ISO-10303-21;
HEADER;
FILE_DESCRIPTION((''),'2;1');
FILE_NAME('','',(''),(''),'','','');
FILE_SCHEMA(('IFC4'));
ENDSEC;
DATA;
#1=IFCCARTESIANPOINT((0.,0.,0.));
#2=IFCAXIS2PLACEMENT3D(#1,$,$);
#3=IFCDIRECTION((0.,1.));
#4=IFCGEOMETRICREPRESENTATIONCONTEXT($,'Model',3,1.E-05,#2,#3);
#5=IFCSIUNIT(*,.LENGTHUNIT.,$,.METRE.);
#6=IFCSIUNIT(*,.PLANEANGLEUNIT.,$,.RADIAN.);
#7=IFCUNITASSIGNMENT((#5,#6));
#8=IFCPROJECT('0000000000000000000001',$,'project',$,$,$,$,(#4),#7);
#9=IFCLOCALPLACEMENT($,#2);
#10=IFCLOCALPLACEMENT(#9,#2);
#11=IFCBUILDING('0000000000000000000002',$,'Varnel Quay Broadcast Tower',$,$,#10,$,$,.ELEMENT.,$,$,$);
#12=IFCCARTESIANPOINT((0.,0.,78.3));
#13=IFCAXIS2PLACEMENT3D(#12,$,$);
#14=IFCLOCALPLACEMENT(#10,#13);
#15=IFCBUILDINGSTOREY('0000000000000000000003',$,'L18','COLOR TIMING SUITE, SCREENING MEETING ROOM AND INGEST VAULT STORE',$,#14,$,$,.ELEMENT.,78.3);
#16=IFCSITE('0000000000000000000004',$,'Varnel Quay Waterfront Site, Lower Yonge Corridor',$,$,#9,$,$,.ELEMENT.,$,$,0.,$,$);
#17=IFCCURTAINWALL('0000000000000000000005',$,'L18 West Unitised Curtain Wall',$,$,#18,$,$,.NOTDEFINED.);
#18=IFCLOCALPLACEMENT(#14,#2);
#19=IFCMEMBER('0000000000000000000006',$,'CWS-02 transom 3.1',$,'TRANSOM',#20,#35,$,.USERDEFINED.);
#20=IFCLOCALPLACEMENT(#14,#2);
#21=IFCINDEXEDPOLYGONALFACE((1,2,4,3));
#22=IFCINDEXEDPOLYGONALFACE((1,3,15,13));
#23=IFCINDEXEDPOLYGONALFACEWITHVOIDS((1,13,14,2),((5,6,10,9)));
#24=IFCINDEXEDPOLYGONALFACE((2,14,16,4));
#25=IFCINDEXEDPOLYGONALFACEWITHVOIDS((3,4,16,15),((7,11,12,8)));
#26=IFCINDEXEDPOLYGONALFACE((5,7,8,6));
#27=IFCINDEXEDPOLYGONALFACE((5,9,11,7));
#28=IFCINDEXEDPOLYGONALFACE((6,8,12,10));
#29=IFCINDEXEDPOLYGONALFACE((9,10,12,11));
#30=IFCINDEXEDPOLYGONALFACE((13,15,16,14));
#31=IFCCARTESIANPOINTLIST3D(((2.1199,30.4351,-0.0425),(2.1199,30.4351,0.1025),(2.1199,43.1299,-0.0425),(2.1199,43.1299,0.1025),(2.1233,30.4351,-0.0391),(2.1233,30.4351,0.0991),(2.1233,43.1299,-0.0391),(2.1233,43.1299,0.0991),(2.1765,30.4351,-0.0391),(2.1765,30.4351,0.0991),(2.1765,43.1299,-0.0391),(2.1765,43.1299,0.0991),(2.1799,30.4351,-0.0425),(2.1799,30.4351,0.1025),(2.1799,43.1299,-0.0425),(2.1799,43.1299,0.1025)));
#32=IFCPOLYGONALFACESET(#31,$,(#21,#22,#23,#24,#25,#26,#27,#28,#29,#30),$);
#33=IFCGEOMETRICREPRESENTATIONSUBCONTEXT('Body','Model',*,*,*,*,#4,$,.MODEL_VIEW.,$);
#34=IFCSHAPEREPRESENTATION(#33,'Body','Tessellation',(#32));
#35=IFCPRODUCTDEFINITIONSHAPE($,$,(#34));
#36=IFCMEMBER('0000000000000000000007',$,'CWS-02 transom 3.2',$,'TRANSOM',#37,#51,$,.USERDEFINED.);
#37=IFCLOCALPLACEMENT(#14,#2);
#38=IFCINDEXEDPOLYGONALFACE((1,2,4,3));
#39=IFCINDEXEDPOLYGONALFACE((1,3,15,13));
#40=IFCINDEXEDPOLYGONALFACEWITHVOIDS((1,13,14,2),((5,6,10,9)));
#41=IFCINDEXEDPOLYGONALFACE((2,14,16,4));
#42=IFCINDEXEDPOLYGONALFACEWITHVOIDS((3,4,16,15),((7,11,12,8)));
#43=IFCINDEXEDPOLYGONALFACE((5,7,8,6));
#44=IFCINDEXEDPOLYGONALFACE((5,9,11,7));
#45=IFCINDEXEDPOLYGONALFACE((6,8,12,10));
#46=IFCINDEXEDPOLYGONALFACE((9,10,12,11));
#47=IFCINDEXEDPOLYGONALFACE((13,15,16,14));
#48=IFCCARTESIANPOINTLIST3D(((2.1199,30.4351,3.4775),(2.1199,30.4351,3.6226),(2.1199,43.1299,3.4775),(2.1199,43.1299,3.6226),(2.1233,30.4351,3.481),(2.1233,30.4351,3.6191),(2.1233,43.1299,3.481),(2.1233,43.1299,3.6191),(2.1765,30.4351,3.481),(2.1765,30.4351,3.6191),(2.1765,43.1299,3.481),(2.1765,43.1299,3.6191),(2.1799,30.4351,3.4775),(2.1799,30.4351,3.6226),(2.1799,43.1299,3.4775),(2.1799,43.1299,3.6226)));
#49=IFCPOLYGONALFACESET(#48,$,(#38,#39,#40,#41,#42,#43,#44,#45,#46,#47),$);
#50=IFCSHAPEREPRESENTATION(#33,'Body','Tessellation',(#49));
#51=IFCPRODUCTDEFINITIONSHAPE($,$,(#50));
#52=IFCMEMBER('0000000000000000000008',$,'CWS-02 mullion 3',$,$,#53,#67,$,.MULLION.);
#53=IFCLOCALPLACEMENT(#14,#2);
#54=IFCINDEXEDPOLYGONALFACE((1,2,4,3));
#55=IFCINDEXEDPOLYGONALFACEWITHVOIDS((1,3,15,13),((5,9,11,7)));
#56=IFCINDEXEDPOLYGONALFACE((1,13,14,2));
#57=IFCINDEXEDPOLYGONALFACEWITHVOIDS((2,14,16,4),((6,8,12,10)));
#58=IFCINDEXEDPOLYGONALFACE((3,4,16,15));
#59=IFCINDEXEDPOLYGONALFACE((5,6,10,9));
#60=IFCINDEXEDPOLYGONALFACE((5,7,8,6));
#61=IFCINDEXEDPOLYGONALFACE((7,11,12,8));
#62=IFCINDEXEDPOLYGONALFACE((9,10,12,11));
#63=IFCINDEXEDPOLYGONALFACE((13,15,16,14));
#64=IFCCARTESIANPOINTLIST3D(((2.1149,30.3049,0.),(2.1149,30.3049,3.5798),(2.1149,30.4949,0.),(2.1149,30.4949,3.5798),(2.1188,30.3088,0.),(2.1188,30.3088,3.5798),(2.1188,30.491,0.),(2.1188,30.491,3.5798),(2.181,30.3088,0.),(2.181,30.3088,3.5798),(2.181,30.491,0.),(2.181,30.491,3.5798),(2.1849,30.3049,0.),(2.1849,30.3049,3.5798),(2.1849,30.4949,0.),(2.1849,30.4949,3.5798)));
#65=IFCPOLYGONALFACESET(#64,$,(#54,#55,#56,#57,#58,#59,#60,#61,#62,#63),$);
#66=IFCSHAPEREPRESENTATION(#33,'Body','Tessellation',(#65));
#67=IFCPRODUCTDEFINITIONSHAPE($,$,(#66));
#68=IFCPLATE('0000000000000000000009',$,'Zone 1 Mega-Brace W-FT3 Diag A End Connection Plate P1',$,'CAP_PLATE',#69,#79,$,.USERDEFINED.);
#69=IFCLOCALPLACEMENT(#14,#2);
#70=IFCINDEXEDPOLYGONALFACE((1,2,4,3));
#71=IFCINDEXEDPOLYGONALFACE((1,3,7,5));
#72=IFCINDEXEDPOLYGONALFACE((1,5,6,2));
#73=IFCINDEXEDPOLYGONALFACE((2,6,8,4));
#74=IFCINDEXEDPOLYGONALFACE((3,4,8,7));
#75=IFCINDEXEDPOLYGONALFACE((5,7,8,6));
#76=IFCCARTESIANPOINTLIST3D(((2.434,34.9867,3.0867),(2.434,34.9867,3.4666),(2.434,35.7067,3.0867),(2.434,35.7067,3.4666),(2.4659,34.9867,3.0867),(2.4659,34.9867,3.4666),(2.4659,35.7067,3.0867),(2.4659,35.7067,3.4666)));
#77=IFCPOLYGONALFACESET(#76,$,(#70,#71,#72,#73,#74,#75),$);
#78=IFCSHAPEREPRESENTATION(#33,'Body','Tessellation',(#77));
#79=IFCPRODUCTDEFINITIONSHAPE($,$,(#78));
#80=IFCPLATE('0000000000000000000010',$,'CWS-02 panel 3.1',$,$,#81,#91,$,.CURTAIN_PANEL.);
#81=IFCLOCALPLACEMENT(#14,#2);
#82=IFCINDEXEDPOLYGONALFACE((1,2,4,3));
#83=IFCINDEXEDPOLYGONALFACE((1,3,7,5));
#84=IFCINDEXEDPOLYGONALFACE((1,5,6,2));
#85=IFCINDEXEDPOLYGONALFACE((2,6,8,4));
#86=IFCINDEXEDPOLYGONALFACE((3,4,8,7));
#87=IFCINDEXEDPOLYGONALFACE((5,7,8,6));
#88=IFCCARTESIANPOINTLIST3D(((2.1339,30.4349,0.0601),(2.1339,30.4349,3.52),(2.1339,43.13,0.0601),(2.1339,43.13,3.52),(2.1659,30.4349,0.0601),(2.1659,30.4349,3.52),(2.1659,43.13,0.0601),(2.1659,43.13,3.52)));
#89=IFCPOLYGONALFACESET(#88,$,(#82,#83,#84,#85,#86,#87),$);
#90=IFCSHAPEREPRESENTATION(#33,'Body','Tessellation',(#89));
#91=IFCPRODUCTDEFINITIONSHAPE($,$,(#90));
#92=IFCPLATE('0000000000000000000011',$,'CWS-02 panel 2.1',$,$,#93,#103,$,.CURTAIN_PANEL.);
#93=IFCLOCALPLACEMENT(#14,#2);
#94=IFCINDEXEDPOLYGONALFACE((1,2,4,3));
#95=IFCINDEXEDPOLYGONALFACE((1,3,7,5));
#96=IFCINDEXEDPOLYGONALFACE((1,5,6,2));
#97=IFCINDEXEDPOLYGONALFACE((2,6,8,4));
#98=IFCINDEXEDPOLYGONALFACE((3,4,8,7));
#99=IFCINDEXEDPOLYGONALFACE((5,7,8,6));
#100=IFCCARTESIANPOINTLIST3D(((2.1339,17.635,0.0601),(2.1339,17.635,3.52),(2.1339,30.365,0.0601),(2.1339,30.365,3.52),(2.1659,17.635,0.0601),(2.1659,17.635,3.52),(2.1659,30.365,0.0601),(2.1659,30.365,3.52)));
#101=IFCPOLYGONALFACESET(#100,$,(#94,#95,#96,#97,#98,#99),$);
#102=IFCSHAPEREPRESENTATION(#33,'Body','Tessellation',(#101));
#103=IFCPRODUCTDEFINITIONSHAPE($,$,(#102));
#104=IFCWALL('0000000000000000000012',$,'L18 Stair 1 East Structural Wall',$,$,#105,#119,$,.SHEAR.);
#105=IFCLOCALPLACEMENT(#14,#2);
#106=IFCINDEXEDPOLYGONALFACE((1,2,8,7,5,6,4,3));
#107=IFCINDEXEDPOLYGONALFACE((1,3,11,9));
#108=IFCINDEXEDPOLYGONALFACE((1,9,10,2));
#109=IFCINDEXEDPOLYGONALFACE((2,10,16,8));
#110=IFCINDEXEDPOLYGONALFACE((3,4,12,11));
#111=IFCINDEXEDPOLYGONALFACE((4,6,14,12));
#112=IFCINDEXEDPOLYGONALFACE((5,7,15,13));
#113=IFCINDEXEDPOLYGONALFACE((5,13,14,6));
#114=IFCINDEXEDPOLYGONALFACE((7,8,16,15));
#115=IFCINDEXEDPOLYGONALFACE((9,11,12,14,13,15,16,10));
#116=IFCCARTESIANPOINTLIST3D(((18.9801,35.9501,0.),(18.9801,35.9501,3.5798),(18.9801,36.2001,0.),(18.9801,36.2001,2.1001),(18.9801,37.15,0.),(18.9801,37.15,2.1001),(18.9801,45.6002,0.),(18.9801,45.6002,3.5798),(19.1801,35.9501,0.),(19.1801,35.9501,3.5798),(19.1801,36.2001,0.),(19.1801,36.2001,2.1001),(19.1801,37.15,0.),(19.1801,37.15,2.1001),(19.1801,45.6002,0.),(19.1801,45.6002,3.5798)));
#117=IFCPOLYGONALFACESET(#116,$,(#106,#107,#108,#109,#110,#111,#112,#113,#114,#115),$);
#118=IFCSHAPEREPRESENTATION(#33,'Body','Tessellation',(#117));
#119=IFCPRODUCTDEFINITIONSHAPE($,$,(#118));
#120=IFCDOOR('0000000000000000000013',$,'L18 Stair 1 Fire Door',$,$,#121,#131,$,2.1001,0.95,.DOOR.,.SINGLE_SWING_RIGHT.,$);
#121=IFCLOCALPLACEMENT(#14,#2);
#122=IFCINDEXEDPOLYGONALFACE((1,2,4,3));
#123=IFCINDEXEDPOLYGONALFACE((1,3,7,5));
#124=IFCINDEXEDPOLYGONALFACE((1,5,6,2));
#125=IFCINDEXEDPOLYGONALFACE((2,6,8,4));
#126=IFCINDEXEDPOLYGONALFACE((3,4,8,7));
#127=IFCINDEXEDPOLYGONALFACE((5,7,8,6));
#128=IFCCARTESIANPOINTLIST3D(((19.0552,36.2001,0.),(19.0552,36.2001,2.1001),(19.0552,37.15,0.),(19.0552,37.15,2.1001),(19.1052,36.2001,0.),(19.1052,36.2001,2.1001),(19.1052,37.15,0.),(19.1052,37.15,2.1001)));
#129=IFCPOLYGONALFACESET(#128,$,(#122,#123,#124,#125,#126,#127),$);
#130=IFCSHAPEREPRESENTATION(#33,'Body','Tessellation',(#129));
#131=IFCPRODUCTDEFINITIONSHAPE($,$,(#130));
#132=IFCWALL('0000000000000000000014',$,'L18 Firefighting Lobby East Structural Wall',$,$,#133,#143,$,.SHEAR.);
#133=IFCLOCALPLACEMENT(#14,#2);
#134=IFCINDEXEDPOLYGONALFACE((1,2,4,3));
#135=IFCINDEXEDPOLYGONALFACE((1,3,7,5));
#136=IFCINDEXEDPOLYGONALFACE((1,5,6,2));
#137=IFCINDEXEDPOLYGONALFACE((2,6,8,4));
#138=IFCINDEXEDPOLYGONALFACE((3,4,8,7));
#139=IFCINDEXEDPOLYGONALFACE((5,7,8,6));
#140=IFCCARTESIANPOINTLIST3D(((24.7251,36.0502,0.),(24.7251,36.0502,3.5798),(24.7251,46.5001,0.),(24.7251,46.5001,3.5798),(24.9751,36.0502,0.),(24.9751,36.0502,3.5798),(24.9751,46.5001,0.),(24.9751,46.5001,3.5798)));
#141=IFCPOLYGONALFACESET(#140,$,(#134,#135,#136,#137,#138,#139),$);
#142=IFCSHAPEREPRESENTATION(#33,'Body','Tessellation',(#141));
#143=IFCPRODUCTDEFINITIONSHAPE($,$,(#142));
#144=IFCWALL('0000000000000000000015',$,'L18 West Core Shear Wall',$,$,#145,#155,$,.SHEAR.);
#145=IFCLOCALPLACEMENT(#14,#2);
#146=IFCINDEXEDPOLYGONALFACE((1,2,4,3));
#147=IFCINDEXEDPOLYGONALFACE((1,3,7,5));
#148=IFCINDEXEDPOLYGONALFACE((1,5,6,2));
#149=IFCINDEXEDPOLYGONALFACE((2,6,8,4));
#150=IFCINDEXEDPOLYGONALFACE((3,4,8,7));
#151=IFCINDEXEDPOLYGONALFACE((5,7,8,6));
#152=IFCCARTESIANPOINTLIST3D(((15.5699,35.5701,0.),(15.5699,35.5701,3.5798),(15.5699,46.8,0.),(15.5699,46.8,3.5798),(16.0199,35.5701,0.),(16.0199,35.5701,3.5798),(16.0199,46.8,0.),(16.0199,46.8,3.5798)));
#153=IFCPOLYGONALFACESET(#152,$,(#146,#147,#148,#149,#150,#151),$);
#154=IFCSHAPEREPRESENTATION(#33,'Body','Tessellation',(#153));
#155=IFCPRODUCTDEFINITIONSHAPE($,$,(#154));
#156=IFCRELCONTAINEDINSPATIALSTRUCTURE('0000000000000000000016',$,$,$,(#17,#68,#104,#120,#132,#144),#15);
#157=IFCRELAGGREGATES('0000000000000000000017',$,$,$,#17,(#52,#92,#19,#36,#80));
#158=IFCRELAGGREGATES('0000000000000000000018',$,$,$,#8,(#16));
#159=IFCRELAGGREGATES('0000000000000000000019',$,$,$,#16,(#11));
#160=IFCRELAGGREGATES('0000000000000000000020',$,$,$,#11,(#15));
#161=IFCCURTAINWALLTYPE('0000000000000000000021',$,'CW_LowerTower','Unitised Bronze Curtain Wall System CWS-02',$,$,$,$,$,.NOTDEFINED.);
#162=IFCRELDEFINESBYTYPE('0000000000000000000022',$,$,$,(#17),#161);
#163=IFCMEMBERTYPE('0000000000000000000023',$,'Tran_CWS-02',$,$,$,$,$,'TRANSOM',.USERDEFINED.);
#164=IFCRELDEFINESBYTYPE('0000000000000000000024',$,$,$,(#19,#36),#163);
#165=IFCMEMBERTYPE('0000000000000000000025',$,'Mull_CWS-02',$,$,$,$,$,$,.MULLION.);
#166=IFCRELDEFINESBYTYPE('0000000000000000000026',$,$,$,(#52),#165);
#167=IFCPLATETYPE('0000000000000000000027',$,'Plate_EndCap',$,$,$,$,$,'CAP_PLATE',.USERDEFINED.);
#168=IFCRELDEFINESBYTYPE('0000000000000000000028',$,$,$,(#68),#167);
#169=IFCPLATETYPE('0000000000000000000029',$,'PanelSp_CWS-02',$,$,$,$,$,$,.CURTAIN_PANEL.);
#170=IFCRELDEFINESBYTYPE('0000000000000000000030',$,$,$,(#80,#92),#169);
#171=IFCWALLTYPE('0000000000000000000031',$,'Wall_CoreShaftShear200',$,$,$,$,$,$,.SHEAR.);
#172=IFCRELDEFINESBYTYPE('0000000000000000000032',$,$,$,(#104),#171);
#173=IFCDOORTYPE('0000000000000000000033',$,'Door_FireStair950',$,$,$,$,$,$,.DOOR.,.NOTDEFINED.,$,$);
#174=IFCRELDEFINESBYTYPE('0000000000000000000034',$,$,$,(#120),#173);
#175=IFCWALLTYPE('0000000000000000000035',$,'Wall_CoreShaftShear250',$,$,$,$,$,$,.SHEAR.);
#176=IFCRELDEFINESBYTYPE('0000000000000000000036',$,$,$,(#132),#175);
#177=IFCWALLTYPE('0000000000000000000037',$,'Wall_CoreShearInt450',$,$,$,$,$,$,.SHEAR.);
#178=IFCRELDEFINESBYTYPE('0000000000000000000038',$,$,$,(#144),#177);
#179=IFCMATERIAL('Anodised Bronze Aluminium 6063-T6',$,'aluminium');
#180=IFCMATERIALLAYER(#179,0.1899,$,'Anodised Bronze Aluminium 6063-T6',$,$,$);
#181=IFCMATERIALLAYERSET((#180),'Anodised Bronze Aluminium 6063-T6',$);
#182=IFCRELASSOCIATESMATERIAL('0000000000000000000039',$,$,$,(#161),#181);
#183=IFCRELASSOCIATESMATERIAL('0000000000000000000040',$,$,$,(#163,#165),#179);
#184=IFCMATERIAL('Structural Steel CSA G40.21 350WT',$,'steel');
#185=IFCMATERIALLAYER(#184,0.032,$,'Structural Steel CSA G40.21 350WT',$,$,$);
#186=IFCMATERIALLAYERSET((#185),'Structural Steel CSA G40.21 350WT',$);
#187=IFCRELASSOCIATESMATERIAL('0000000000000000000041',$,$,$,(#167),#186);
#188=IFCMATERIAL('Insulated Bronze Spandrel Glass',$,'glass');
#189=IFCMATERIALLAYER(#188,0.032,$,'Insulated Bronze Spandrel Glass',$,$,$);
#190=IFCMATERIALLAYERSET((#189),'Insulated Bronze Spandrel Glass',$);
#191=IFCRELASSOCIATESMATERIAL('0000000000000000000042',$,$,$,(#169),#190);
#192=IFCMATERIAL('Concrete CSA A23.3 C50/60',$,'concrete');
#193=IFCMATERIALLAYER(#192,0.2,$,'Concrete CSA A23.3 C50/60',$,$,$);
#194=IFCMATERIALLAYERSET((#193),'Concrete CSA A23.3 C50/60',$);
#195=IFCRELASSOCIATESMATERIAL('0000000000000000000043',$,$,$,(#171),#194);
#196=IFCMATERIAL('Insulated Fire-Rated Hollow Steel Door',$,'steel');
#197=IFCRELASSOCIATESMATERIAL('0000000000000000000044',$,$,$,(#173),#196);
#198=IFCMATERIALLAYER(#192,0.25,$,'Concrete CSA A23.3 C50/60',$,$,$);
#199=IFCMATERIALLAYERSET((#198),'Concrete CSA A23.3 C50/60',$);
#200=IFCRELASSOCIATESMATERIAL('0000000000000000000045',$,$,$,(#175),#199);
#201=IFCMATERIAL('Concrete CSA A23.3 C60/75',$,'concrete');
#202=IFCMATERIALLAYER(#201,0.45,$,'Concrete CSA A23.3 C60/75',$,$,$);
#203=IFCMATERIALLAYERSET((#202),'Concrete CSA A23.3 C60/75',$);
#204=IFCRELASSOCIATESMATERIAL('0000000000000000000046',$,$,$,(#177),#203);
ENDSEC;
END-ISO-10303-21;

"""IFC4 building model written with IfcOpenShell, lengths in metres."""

from ifc_helpers import new_model, si_unit, direction, frame, frame_2d, origin, origin_2d, place, context, subcontext, project, spatial, rectangle, hollow_rectangle, extrude, source, transform, mapped, material, layer, layer_set, material_profile, profile_set, type_object, type_shapes, element, fill, aggregate, save


model = new_model("IFC4")

# Units and contexts
model_context = context("Model", 3, precision=1e-05, world=origin(), true_north=direction((0.0, 1.0)))
body_context = subcontext(model_context, "Body", "Model", "MODEL_VIEW")
ifc_project = project(units=[si_unit("LENGTHUNIT", "METRE"), si_unit("PLANEANGLEUNIT", "RADIAN")], contexts=[model_context])

# Site, building, storey
site_placement = place(None, origin())
site = spatial("IfcSite", under=ifc_project, at=site_placement, Name="Varnel Quay Waterfront Site, Lower Yonge Corridor", CompositionType="ELEMENT", RefElevation=0.0)
building_placement = place(site_placement, origin())
building = spatial("IfcBuilding", under=site, at=building_placement, Name="Varnel Quay Broadcast Tower", CompositionType="ELEMENT")
storey_placement = place(building_placement, frame((0.0, 0.0, 78.3)))
storey = spatial("IfcBuildingStorey", under=building, at=storey_placement, Name="L18", Description="COLOR TIMING SUITE, SCREENING MEETING ROOM AND INGEST VAULT STORE", CompositionType="ELEMENT", Elevation=78.3)

# Shared definitions
ifc_material_1 = material(Name="Structural Steel CSA G40.21 350WT", Category="steel")
ifc_material_2 = material(Name="Concrete CSA A23.3 C60/75", Category="concrete")

# Curtain wall, members
ifc_material_3 = material(Name="Anodised Bronze Aluminium 6063-T6", Category="aluminium")
ifc_layer_1 = layer(ifc_material_3, 0.1899, Name="Anodised Bronze Aluminium 6063-T6")
ifc_layer_set_1 = layer_set([ifc_layer_1], Name="Anodised Bronze Aluminium 6063-T6")
curtain_wall_type = type_object("IfcCurtainWallType", Name="CW_LowerTower", Description="Unitised Bronze Curtain Wall System CWS-02", PredefinedType="NOTDEFINED", material=ifc_layer_set_1)
curtain_wall_placement = place(storey_placement, origin())
curtain_wall = element("IfcCurtainWall", 1, at=curtain_wall_placement, inside=storey, type_object=curtain_wall_type, Name="L18 West Unitised Curtain Wall", PredefinedType="NOTDEFINED")
ifc_material_profile_1 = material_profile(ifc_material_3, hollow_rectangle(XDim=0.0601, YDim=0.145, WallThickness=0.0034, at=origin_2d()), Name="ALU60X145X3.5")
ifc_profile_set_1 = profile_set([ifc_material_profile_1], Name="Anodised Bronze Aluminium 6063-T6")
member_type_1 = type_object("IfcMemberType", Name="Tran_CWS-02", ElementType="TRANSOM", PredefinedType="USERDEFINED", material=ifc_profile_set_1)
shared_shape_1 = source(origin(), body_context, "Body", "SweptSolid", [
    extrude(hollow_rectangle(XDim=0.0601, YDim=0.145, WallThickness=0.0034, at=origin_2d()), origin(), (0.0, 0.0, 1.0), 12.6948),
])
type_shapes(member_type_1, [shared_shape_1])
member_1_placement = place(storey_placement, frame((2.1499, 30.4351, 0.03), z_axis=(0.0, 1.0, 0.0), x_axis=(-1.0, 0.0, 0.0)))
member_1 = element("IfcMember", 2, at=member_1_placement, type_object=member_type_1, Name="CWS-02 transom 3.1", ObjectType="TRANSOM", PredefinedType="USERDEFINED", context=body_context, shape_type="MappedRepresentation", body=[
    mapped(shared_shape_1, transform((0.0, 0.0, 0.0), x_axis=(1.0, 0.0, 0.0), y_axis=(0.0, 1.0, 0.0), z_axis=(0.0, 0.0, 1.0), scale=1.0)),
])
member_2_placement = place(storey_placement, frame((2.1499, 30.4351, 3.55), z_axis=(0.0, 1.0, 0.0), x_axis=(-1.0, 0.0, 0.0)))
member_2 = element("IfcMember", 3, at=member_2_placement, type_object=member_type_1, Name="CWS-02 transom 3.2", ObjectType="TRANSOM", PredefinedType="USERDEFINED", context=body_context, shape_type="MappedRepresentation", body=[
    mapped(shared_shape_1, transform((0.0, 0.0, 0.0), x_axis=(1.0, 0.0, 0.0), y_axis=(0.0, 1.0, 0.0), z_axis=(0.0, 0.0, 1.0), scale=1.0)),
])
ifc_material_profile_2 = material_profile(ifc_material_3, hollow_rectangle(XDim=0.0701, YDim=0.1899, WallThickness=0.0039, at=origin_2d()), Name="ALU70X190X4")
ifc_profile_set_2 = profile_set([ifc_material_profile_2], Name="Anodised Bronze Aluminium 6063-T6")
member_type_2 = type_object("IfcMemberType", Name="Mull_CWS-02", PredefinedType="MULLION", material=ifc_profile_set_2)
shared_shape_2 = source(origin(), body_context, "Body", "SweptSolid", [
    extrude(hollow_rectangle(XDim=0.0701, YDim=0.1899, WallThickness=0.0039, at=origin_2d()), origin(), (0.0, 0.0, 1.0), 3.5798),
])
type_shapes(member_type_2, [shared_shape_2])
member_3_placement = place(storey_placement, frame((2.1499, 30.3999, 0.0), z_axis=(0.0, 0.0, 1.0), x_axis=(-1.0, 0.0, 0.0)))
member_3 = element("IfcMember", 4, at=member_3_placement, type_object=member_type_2, Name="CWS-02 mullion 3", PredefinedType="MULLION", context=body_context, shape_type="MappedRepresentation", body=[
    mapped(shared_shape_2, transform((0.0, 0.0, 0.0), x_axis=(1.0, 0.0, 0.0), y_axis=(0.0, 1.0, 0.0), z_axis=(0.0, 0.0, 1.0), scale=1.0)),
])

# Plates
ifc_layer_2 = layer(ifc_material_1, 0.032, Name="Structural Steel CSA G40.21 350WT")
ifc_layer_set_2 = layer_set([ifc_layer_2], Name="Structural Steel CSA G40.21 350WT")
plate_type_1 = type_object("IfcPlateType", Name="Plate_EndCap", ElementType="CAP_PLATE", PredefinedType="USERDEFINED", material=ifc_layer_set_2)
shared_shape_3 = source(origin(), body_context, "Body", "SweptSolid", [
    extrude(rectangle(XDim=0.72, YDim=0.032, at=origin_2d()), origin(), (0.0, 0.0, 1.0), 0.3799),
])
type_shapes(plate_type_1, [shared_shape_3])
plate_1_placement = place(storey_placement, frame((2.45, 35.3467, 3.0867), z_axis=(0.0, 0.0, 1.0), x_axis=(0.0, 1.0, 0.0)))
element("IfcPlate", 5, at=plate_1_placement, inside=storey, type_object=plate_type_1, Name="Zone 1 Mega-Brace W-FT3 Diag A End Connection Plate P1", ObjectType="CAP_PLATE", PredefinedType="USERDEFINED", context=body_context, shape_type="MappedRepresentation", body=[
    mapped(shared_shape_3, transform((0.0, 0.0, 0.0), x_axis=(1.0, 0.0, 0.0), y_axis=(0.0, 1.0, 0.0), z_axis=(0.0, 0.0, 1.0), scale=1.0)),
])
ifc_material_4 = material(Name="Insulated Bronze Spandrel Glass", Category="glass")
ifc_layer_3 = layer(ifc_material_4, 0.032, Name="Insulated Bronze Spandrel Glass")
ifc_layer_set_3 = layer_set([ifc_layer_3], Name="Insulated Bronze Spandrel Glass")
plate_type_2 = type_object("IfcPlateType", Name="PanelSp_CWS-02", PredefinedType="CURTAIN_PANEL", material=ifc_layer_set_3)
shared_shape_4 = source(origin(), body_context, "Body", "SweptSolid", [
    extrude(rectangle(XDim=12.6951, YDim=0.032, at=origin_2d()), origin(), (0.0, 0.0, 1.0), 3.46),
])
plate_2_placement = place(storey_placement, frame((2.1499, 36.7825, 0.0601), z_axis=(0.0, 0.0, 1.0), x_axis=(0.0, 1.0, 0.0)))
plate_2 = element("IfcPlate", 6, at=plate_2_placement, type_object=plate_type_2, Name="CWS-02 panel 3.1", PredefinedType="CURTAIN_PANEL", context=body_context, shape_type="MappedRepresentation", body=[
    mapped(shared_shape_4, transform((0.0, 0.0, 0.0), x_axis=(1.0, 0.0, 0.0), y_axis=(0.0, 1.0, 0.0), z_axis=(0.0, 0.0, 1.0), scale=1.0)),
])
shared_shape_5 = source(origin(), body_context, "Body", "SweptSolid", [
    extrude(rectangle(XDim=12.73, YDim=0.032, at=origin_2d()), origin(), (0.0, 0.0, 1.0), 3.46),
])
type_shapes(plate_type_2, [shared_shape_4, shared_shape_5])
plate_3_placement = place(storey_placement, frame((2.1499, 24.0, 0.0601), z_axis=(0.0, 0.0, 1.0), x_axis=(0.0, 1.0, 0.0)))
plate_3 = element("IfcPlate", 7, at=plate_3_placement, type_object=plate_type_2, Name="CWS-02 panel 2.1", PredefinedType="CURTAIN_PANEL", context=body_context, shape_type="MappedRepresentation", body=[
    mapped(shared_shape_5, transform((0.0, 0.0, 0.0), x_axis=(1.0, 0.0, 0.0), y_axis=(0.0, 1.0, 0.0), z_axis=(0.0, 0.0, 1.0), scale=1.0)),
])
aggregate(curtain_wall, [member_3, plate_3, member_1, member_2, plate_2])

# Wall, opening, door
ifc_material_5 = material(Name="Concrete CSA A23.3 C50/60", Category="concrete")
ifc_layer_4 = layer(ifc_material_5, 0.2, Name="Concrete CSA A23.3 C50/60")
ifc_layer_set_4 = layer_set([ifc_layer_4], Name="Concrete CSA A23.3 C50/60")
wall_type_1 = type_object("IfcWallType", Name="Wall_CoreShaftShear200", PredefinedType="SHEAR", material=ifc_layer_set_4)
wall_1_placement = place(storey_placement, frame((19.0801, 35.95, 0.0), z_axis=(0.0, 0.0, 1.0), x_axis=(0.0, 1.0, 0.0)))
wall_1 = element("IfcWall", 8, at=wall_1_placement, inside=storey, type_object=wall_type_1, Name="L18 Stair 1 East Structural Wall", PredefinedType="SHEAR", context=body_context, shape_type="SweptSolid", body=[
    extrude(rectangle(XDim=9.6501, YDim=0.2, at=frame_2d((4.8252, 0.0))), origin(), (0.0, 0.0, 1.0), 3.5798),
])
opening_1_placement = place(wall_1_placement, frame((0.25, 0.0, 0.0)))
opening_1 = element("IfcOpeningElement", 9, at=opening_1_placement, cuts=wall_1, PredefinedType="OPENING", context=body_context, shape_type="SweptSolid", body=[
    extrude(rectangle(XDim=0.95, YDim=2.1001, at=frame_2d((0.4751, 1.05))), frame((0.0, 0.1099, 0.0), z_axis=(0.0, -1.0, 0.0), x_axis=(1.0, 0.0, 0.0)), (0.0, 0.0, 1.0), 0.22),
])
ifc_material_6 = material(Name="Insulated Fire-Rated Hollow Steel Door", Category="steel")
door_type_1 = type_object("IfcDoorType", Name="Door_FireStair950", OperationType="NOTDEFINED", PredefinedType="DOOR", material=ifc_material_6)
shared_shape_6 = source(origin(), body_context, "Body", "SweptSolid", [
    extrude(rectangle(XDim=0.95, YDim=2.1001, at=frame_2d((0.4751, 1.05))), frame((0.0, 0.0249, 0.0), z_axis=(0.0, -1.0, 0.0), x_axis=(1.0, 0.0, 0.0)), (0.0, 0.0, 1.0), 0.05),
])
type_shapes(door_type_1, [shared_shape_6])
door_1_placement = place(opening_1_placement, origin())
door_1 = element("IfcDoor", 10, at=door_1_placement, inside=storey, type_object=door_type_1, Name="L18 Stair 1 Fire Door", OperationType="SINGLE_SWING_RIGHT", OverallHeight=2.1001, OverallWidth=0.95, PredefinedType="DOOR", context=body_context, shape_type="MappedRepresentation", body=[
    mapped(shared_shape_6, transform((0.0, 0.0, 0.0), x_axis=(1.0, 0.0, 0.0), y_axis=(0.0, 1.0, 0.0), z_axis=(0.0, 0.0, 1.0), scale=1.0)),
])
fill(opening_1, door_1)

# Walls
ifc_layer_5 = layer(ifc_material_5, 0.25, Name="Concrete CSA A23.3 C50/60")
ifc_layer_set_5 = layer_set([ifc_layer_5], Name="Concrete CSA A23.3 C50/60")
wall_type_2 = type_object("IfcWallType", Name="Wall_CoreShaftShear250", PredefinedType="SHEAR", material=ifc_layer_set_5)
wall_2_placement = place(storey_placement, frame((24.8501, 36.05, 0.0), z_axis=(0.0, 0.0, 1.0), x_axis=(0.0, 1.0, 0.0)))
element("IfcWall", 11, at=wall_2_placement, inside=storey, type_object=wall_type_2, Name="L18 Firefighting Lobby East Structural Wall", PredefinedType="SHEAR", context=body_context, shape_type="SweptSolid", body=[
    extrude(rectangle(XDim=10.45, YDim=0.25, at=frame_2d((5.2251, 0.0))), origin(), (0.0, 0.0, 1.0), 3.5798),
])
ifc_layer_6 = layer(ifc_material_2, 0.45, Name="Concrete CSA A23.3 C60/75")
ifc_layer_set_6 = layer_set([ifc_layer_6], Name="Concrete CSA A23.3 C60/75")
wall_type_3 = type_object("IfcWallType", Name="Wall_CoreShearInt450", PredefinedType="SHEAR", material=ifc_layer_set_6)
wall_3_placement = place(storey_placement, frame((15.7949, 35.5701, 0.0), z_axis=(0.0, 0.0, 1.0), x_axis=(0.0, 1.0, 0.0)))
element("IfcWall", 12, at=wall_3_placement, inside=storey, type_object=wall_type_3, Name="L18 West Core Shear Wall", PredefinedType="SHEAR", context=body_context, shape_type="SweptSolid", body=[
    extrude(rectangle(XDim=11.23, YDim=0.45, at=frame_2d((5.615, 0.0))), origin(), (0.0, 0.0, 1.0), 3.5798),
])

save(model, "model.ifc")
